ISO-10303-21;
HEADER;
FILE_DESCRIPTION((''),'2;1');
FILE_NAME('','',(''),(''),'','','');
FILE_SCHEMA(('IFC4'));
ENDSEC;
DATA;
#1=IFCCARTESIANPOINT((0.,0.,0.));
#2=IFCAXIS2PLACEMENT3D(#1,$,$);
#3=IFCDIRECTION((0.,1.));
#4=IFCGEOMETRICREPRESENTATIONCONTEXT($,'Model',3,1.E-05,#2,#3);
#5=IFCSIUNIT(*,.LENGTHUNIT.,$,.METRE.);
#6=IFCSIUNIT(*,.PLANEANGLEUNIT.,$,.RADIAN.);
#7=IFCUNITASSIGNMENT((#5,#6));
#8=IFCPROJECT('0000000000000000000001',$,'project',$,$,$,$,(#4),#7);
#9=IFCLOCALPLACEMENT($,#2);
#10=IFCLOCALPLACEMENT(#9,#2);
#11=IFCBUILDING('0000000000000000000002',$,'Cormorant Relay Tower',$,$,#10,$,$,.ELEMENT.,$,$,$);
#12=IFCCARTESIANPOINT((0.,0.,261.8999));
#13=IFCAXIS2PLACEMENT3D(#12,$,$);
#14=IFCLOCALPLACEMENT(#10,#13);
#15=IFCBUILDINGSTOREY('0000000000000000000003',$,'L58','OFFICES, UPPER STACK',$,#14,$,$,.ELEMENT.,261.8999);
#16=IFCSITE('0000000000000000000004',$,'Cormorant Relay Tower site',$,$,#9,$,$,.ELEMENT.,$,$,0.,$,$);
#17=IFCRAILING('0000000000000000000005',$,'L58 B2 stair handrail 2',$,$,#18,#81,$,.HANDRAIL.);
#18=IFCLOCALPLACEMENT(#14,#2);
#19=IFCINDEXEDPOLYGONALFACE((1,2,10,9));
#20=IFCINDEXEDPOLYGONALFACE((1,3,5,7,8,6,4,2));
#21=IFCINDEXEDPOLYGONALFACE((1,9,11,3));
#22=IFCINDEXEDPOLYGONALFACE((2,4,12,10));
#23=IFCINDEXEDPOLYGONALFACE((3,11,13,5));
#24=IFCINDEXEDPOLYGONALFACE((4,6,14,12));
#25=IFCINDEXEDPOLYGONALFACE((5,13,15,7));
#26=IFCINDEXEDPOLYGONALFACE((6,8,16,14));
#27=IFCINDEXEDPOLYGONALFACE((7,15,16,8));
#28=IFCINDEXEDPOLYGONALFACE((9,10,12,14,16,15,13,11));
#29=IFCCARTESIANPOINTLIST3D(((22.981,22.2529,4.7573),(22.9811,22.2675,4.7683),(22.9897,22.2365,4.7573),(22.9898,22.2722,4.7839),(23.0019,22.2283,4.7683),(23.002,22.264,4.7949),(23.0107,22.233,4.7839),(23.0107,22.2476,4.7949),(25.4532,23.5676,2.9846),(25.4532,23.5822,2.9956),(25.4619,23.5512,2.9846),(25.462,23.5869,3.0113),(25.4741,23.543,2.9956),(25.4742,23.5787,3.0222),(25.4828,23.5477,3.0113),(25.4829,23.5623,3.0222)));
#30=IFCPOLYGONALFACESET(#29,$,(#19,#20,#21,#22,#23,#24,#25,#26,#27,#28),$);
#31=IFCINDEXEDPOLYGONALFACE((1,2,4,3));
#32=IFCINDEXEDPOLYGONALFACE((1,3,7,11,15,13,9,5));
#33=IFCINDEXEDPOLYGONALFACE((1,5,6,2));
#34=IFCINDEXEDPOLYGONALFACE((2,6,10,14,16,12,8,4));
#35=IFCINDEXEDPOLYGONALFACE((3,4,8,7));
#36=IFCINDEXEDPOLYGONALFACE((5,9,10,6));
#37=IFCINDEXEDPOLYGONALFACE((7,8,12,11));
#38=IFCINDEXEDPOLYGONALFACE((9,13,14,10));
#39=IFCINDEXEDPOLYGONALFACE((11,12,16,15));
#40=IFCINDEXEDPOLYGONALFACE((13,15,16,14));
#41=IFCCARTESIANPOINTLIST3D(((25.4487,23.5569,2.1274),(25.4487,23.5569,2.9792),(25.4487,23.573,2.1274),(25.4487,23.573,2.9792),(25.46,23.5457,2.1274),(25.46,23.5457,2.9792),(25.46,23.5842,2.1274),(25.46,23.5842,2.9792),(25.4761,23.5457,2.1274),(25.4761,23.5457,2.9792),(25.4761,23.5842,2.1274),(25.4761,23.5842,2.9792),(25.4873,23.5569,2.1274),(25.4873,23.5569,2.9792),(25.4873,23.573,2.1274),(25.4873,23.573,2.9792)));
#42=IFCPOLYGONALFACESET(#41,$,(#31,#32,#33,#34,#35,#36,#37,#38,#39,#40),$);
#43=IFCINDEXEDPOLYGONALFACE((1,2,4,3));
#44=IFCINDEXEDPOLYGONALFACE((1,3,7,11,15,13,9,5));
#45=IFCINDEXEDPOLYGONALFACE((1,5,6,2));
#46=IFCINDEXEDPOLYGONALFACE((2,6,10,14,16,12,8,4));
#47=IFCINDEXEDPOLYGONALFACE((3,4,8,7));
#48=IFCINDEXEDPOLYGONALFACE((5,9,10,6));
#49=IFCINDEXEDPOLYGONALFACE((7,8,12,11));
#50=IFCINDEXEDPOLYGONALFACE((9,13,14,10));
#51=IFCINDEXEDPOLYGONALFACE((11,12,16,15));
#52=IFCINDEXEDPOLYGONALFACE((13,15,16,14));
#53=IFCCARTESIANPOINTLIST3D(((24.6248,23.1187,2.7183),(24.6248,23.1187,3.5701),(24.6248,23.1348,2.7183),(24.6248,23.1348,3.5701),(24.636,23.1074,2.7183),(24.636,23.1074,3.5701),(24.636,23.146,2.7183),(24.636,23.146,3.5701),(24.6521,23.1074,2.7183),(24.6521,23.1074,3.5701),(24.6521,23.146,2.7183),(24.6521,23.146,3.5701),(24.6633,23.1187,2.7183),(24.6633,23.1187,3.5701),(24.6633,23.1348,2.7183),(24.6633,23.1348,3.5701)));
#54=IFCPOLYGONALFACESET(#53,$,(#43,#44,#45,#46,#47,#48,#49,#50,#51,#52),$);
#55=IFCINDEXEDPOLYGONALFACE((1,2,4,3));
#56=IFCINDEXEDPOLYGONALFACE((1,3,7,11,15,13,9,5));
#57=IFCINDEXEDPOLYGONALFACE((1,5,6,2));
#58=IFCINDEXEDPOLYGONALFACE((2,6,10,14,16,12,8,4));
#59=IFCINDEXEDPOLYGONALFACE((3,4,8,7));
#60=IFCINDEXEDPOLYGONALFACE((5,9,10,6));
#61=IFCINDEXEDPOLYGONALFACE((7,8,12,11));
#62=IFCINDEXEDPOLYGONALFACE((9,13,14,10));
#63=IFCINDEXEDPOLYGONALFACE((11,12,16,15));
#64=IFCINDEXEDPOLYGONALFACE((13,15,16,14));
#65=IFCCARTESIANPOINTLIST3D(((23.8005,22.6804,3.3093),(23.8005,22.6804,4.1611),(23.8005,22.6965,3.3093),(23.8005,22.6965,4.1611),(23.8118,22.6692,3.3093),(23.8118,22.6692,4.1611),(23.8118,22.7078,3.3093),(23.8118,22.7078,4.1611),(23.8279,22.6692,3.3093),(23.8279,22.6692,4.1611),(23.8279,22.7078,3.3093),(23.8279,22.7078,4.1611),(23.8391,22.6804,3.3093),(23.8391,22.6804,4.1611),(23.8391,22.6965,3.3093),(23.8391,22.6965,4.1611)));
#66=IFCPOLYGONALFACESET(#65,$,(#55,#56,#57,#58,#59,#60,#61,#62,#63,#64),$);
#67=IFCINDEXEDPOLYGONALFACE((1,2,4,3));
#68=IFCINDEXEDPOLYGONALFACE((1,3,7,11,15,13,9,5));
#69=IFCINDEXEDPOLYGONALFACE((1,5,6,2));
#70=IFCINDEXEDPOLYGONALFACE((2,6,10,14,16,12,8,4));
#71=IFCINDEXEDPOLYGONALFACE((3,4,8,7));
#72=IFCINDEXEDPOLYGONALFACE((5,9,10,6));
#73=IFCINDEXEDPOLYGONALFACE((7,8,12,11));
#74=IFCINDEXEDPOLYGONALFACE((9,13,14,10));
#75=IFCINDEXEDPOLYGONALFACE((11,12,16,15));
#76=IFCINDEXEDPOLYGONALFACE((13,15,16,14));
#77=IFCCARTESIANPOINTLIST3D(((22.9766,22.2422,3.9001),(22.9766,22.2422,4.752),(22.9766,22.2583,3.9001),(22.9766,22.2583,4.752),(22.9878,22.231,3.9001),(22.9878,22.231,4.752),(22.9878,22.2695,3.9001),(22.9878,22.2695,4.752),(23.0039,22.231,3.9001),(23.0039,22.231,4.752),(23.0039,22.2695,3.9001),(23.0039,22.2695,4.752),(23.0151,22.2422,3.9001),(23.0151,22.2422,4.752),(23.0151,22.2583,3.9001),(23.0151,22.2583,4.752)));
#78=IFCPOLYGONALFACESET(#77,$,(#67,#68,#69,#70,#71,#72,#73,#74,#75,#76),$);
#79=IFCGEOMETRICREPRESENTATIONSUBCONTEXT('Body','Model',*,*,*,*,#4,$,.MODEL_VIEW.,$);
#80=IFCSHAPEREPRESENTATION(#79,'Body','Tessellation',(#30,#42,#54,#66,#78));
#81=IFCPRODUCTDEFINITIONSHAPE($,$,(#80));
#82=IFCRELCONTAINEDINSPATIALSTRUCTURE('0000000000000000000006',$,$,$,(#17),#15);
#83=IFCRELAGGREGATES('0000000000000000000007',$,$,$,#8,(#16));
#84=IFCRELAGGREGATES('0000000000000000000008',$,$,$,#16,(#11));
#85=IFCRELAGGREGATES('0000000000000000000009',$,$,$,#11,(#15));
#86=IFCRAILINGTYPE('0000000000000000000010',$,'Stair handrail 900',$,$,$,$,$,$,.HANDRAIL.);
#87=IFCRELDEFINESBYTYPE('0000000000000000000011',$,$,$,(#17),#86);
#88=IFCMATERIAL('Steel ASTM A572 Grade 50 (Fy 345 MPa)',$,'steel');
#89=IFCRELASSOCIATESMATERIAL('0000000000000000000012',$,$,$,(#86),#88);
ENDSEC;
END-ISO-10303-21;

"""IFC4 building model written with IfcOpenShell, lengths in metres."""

from ifc_helpers import new_model, si_unit, direction, frame, origin, place, context, subcontext, project, spatial, polyline, outline, extrude, material, type_object, element, save


model = new_model("IFC4")

# Units and contexts
model_context = context("Model", 3, precision=1e-05, world=origin(), true_north=direction((0.0, 1.0)))
body_context = subcontext(model_context, "Body", "Model", "MODEL_VIEW")
ifc_project = project(units=[si_unit("LENGTHUNIT", "METRE"), si_unit("PLANEANGLEUNIT", "RADIAN")], contexts=[model_context])

# Site, building, storey
site_placement = place(None, origin())
site = spatial("IfcSite", under=ifc_project, at=site_placement, Name="Cormorant Relay Tower site", CompositionType="ELEMENT", RefElevation=0.0)
building_placement = place(site_placement, origin())
building = spatial("IfcBuilding", under=site, at=building_placement, Name="Cormorant Relay Tower", CompositionType="ELEMENT")
storey_placement = place(building_placement, frame((0.0, 0.0, 261.8999)))
storey = spatial("IfcBuildingStorey", under=building, at=storey_placement, Name="L58", Description="OFFICES, UPPER STACK", CompositionType="ELEMENT", Elevation=261.8999)

# Railing
ifc_material_1 = material(Name="Steel ASTM A572 Grade 50 (Fy 345 MPa)", Category="steel")
railing_type_1 = type_object("IfcRailingType", Name="Stair handrail 900", PredefinedType="HANDRAIL", material=ifc_material_1)
railing_1_placement = place(storey_placement, frame((25.468, 23.5649, 2.1274)))
element("IfcRailing", 1, at=railing_1_placement, inside=storey, type_object=railing_type_1, Name="L58 B2 stair handrail 2", PredefinedType="HANDRAIL", context=body_context, shape_type="SweptSolid", body=[
    extrude(outline(polyline([(0.0222, 0.0093), (0.0093, 0.0222), (-0.0093, 0.0222), (-0.0222, 0.0093), (-0.0222, -0.0093), (-0.0093, -0.0222), (0.0093, -0.0222), (0.0222, -0.0093), (0.0222, 0.0093)])), frame((0.0, 0.0, 0.876), z_axis=(-0.745979, -0.396711, 0.534916), x_axis=(0.469533, -0.882915, 0.0)), (0.0, 0.0, 1.0), 3.314),
    extrude(outline(polyline([(0.0193, 0.0081), (0.0081, 0.0193), (-0.0081, 0.0193), (-0.0193, 0.0081), (-0.0193, -0.0081), (-0.0081, -0.0193), (0.0081, -0.0193), (0.0193, -0.0081), (0.0193, 0.0081)])), origin(), (0.0, 0.0, 1.0), 0.8518),
    extrude(outline(polyline([(0.0193, 0.0081), (0.0081, 0.0193), (-0.0081, 0.0193), (-0.0193, 0.0081), (-0.0193, -0.0081), (-0.0081, -0.0193), (0.0081, -0.0193), (0.0193, -0.0081), (0.0193, 0.0081)])), frame((-0.824, -0.4382, 0.5908)), (0.0, 0.0, 1.0), 0.8518),
    extrude(outline(polyline([(0.0193, 0.0081), (0.0081, 0.0193), (-0.0081, 0.0193), (-0.0193, 0.0081), (-0.0193, -0.0081), (-0.0081, -0.0193), (0.0081, -0.0193), (0.0193, -0.0081), (0.0193, 0.0081)])), frame((-1.6482, -0.8765, 1.1819)), (0.0, 0.0, 1.0), 0.8518),
    extrude(outline(polyline([(0.0193, 0.0081), (0.0081, 0.0193), (-0.0081, 0.0193), (-0.0193, 0.0081), (-0.0193, -0.0081), (-0.0081, -0.0193), (0.0081, -0.0193), (0.0193, -0.0081), (0.0193, 0.0081)])), frame((-2.4722, -1.3147, 1.7727)), (0.0, 0.0, 1.0), 0.8518),
])

save(model, "model.ifc")
